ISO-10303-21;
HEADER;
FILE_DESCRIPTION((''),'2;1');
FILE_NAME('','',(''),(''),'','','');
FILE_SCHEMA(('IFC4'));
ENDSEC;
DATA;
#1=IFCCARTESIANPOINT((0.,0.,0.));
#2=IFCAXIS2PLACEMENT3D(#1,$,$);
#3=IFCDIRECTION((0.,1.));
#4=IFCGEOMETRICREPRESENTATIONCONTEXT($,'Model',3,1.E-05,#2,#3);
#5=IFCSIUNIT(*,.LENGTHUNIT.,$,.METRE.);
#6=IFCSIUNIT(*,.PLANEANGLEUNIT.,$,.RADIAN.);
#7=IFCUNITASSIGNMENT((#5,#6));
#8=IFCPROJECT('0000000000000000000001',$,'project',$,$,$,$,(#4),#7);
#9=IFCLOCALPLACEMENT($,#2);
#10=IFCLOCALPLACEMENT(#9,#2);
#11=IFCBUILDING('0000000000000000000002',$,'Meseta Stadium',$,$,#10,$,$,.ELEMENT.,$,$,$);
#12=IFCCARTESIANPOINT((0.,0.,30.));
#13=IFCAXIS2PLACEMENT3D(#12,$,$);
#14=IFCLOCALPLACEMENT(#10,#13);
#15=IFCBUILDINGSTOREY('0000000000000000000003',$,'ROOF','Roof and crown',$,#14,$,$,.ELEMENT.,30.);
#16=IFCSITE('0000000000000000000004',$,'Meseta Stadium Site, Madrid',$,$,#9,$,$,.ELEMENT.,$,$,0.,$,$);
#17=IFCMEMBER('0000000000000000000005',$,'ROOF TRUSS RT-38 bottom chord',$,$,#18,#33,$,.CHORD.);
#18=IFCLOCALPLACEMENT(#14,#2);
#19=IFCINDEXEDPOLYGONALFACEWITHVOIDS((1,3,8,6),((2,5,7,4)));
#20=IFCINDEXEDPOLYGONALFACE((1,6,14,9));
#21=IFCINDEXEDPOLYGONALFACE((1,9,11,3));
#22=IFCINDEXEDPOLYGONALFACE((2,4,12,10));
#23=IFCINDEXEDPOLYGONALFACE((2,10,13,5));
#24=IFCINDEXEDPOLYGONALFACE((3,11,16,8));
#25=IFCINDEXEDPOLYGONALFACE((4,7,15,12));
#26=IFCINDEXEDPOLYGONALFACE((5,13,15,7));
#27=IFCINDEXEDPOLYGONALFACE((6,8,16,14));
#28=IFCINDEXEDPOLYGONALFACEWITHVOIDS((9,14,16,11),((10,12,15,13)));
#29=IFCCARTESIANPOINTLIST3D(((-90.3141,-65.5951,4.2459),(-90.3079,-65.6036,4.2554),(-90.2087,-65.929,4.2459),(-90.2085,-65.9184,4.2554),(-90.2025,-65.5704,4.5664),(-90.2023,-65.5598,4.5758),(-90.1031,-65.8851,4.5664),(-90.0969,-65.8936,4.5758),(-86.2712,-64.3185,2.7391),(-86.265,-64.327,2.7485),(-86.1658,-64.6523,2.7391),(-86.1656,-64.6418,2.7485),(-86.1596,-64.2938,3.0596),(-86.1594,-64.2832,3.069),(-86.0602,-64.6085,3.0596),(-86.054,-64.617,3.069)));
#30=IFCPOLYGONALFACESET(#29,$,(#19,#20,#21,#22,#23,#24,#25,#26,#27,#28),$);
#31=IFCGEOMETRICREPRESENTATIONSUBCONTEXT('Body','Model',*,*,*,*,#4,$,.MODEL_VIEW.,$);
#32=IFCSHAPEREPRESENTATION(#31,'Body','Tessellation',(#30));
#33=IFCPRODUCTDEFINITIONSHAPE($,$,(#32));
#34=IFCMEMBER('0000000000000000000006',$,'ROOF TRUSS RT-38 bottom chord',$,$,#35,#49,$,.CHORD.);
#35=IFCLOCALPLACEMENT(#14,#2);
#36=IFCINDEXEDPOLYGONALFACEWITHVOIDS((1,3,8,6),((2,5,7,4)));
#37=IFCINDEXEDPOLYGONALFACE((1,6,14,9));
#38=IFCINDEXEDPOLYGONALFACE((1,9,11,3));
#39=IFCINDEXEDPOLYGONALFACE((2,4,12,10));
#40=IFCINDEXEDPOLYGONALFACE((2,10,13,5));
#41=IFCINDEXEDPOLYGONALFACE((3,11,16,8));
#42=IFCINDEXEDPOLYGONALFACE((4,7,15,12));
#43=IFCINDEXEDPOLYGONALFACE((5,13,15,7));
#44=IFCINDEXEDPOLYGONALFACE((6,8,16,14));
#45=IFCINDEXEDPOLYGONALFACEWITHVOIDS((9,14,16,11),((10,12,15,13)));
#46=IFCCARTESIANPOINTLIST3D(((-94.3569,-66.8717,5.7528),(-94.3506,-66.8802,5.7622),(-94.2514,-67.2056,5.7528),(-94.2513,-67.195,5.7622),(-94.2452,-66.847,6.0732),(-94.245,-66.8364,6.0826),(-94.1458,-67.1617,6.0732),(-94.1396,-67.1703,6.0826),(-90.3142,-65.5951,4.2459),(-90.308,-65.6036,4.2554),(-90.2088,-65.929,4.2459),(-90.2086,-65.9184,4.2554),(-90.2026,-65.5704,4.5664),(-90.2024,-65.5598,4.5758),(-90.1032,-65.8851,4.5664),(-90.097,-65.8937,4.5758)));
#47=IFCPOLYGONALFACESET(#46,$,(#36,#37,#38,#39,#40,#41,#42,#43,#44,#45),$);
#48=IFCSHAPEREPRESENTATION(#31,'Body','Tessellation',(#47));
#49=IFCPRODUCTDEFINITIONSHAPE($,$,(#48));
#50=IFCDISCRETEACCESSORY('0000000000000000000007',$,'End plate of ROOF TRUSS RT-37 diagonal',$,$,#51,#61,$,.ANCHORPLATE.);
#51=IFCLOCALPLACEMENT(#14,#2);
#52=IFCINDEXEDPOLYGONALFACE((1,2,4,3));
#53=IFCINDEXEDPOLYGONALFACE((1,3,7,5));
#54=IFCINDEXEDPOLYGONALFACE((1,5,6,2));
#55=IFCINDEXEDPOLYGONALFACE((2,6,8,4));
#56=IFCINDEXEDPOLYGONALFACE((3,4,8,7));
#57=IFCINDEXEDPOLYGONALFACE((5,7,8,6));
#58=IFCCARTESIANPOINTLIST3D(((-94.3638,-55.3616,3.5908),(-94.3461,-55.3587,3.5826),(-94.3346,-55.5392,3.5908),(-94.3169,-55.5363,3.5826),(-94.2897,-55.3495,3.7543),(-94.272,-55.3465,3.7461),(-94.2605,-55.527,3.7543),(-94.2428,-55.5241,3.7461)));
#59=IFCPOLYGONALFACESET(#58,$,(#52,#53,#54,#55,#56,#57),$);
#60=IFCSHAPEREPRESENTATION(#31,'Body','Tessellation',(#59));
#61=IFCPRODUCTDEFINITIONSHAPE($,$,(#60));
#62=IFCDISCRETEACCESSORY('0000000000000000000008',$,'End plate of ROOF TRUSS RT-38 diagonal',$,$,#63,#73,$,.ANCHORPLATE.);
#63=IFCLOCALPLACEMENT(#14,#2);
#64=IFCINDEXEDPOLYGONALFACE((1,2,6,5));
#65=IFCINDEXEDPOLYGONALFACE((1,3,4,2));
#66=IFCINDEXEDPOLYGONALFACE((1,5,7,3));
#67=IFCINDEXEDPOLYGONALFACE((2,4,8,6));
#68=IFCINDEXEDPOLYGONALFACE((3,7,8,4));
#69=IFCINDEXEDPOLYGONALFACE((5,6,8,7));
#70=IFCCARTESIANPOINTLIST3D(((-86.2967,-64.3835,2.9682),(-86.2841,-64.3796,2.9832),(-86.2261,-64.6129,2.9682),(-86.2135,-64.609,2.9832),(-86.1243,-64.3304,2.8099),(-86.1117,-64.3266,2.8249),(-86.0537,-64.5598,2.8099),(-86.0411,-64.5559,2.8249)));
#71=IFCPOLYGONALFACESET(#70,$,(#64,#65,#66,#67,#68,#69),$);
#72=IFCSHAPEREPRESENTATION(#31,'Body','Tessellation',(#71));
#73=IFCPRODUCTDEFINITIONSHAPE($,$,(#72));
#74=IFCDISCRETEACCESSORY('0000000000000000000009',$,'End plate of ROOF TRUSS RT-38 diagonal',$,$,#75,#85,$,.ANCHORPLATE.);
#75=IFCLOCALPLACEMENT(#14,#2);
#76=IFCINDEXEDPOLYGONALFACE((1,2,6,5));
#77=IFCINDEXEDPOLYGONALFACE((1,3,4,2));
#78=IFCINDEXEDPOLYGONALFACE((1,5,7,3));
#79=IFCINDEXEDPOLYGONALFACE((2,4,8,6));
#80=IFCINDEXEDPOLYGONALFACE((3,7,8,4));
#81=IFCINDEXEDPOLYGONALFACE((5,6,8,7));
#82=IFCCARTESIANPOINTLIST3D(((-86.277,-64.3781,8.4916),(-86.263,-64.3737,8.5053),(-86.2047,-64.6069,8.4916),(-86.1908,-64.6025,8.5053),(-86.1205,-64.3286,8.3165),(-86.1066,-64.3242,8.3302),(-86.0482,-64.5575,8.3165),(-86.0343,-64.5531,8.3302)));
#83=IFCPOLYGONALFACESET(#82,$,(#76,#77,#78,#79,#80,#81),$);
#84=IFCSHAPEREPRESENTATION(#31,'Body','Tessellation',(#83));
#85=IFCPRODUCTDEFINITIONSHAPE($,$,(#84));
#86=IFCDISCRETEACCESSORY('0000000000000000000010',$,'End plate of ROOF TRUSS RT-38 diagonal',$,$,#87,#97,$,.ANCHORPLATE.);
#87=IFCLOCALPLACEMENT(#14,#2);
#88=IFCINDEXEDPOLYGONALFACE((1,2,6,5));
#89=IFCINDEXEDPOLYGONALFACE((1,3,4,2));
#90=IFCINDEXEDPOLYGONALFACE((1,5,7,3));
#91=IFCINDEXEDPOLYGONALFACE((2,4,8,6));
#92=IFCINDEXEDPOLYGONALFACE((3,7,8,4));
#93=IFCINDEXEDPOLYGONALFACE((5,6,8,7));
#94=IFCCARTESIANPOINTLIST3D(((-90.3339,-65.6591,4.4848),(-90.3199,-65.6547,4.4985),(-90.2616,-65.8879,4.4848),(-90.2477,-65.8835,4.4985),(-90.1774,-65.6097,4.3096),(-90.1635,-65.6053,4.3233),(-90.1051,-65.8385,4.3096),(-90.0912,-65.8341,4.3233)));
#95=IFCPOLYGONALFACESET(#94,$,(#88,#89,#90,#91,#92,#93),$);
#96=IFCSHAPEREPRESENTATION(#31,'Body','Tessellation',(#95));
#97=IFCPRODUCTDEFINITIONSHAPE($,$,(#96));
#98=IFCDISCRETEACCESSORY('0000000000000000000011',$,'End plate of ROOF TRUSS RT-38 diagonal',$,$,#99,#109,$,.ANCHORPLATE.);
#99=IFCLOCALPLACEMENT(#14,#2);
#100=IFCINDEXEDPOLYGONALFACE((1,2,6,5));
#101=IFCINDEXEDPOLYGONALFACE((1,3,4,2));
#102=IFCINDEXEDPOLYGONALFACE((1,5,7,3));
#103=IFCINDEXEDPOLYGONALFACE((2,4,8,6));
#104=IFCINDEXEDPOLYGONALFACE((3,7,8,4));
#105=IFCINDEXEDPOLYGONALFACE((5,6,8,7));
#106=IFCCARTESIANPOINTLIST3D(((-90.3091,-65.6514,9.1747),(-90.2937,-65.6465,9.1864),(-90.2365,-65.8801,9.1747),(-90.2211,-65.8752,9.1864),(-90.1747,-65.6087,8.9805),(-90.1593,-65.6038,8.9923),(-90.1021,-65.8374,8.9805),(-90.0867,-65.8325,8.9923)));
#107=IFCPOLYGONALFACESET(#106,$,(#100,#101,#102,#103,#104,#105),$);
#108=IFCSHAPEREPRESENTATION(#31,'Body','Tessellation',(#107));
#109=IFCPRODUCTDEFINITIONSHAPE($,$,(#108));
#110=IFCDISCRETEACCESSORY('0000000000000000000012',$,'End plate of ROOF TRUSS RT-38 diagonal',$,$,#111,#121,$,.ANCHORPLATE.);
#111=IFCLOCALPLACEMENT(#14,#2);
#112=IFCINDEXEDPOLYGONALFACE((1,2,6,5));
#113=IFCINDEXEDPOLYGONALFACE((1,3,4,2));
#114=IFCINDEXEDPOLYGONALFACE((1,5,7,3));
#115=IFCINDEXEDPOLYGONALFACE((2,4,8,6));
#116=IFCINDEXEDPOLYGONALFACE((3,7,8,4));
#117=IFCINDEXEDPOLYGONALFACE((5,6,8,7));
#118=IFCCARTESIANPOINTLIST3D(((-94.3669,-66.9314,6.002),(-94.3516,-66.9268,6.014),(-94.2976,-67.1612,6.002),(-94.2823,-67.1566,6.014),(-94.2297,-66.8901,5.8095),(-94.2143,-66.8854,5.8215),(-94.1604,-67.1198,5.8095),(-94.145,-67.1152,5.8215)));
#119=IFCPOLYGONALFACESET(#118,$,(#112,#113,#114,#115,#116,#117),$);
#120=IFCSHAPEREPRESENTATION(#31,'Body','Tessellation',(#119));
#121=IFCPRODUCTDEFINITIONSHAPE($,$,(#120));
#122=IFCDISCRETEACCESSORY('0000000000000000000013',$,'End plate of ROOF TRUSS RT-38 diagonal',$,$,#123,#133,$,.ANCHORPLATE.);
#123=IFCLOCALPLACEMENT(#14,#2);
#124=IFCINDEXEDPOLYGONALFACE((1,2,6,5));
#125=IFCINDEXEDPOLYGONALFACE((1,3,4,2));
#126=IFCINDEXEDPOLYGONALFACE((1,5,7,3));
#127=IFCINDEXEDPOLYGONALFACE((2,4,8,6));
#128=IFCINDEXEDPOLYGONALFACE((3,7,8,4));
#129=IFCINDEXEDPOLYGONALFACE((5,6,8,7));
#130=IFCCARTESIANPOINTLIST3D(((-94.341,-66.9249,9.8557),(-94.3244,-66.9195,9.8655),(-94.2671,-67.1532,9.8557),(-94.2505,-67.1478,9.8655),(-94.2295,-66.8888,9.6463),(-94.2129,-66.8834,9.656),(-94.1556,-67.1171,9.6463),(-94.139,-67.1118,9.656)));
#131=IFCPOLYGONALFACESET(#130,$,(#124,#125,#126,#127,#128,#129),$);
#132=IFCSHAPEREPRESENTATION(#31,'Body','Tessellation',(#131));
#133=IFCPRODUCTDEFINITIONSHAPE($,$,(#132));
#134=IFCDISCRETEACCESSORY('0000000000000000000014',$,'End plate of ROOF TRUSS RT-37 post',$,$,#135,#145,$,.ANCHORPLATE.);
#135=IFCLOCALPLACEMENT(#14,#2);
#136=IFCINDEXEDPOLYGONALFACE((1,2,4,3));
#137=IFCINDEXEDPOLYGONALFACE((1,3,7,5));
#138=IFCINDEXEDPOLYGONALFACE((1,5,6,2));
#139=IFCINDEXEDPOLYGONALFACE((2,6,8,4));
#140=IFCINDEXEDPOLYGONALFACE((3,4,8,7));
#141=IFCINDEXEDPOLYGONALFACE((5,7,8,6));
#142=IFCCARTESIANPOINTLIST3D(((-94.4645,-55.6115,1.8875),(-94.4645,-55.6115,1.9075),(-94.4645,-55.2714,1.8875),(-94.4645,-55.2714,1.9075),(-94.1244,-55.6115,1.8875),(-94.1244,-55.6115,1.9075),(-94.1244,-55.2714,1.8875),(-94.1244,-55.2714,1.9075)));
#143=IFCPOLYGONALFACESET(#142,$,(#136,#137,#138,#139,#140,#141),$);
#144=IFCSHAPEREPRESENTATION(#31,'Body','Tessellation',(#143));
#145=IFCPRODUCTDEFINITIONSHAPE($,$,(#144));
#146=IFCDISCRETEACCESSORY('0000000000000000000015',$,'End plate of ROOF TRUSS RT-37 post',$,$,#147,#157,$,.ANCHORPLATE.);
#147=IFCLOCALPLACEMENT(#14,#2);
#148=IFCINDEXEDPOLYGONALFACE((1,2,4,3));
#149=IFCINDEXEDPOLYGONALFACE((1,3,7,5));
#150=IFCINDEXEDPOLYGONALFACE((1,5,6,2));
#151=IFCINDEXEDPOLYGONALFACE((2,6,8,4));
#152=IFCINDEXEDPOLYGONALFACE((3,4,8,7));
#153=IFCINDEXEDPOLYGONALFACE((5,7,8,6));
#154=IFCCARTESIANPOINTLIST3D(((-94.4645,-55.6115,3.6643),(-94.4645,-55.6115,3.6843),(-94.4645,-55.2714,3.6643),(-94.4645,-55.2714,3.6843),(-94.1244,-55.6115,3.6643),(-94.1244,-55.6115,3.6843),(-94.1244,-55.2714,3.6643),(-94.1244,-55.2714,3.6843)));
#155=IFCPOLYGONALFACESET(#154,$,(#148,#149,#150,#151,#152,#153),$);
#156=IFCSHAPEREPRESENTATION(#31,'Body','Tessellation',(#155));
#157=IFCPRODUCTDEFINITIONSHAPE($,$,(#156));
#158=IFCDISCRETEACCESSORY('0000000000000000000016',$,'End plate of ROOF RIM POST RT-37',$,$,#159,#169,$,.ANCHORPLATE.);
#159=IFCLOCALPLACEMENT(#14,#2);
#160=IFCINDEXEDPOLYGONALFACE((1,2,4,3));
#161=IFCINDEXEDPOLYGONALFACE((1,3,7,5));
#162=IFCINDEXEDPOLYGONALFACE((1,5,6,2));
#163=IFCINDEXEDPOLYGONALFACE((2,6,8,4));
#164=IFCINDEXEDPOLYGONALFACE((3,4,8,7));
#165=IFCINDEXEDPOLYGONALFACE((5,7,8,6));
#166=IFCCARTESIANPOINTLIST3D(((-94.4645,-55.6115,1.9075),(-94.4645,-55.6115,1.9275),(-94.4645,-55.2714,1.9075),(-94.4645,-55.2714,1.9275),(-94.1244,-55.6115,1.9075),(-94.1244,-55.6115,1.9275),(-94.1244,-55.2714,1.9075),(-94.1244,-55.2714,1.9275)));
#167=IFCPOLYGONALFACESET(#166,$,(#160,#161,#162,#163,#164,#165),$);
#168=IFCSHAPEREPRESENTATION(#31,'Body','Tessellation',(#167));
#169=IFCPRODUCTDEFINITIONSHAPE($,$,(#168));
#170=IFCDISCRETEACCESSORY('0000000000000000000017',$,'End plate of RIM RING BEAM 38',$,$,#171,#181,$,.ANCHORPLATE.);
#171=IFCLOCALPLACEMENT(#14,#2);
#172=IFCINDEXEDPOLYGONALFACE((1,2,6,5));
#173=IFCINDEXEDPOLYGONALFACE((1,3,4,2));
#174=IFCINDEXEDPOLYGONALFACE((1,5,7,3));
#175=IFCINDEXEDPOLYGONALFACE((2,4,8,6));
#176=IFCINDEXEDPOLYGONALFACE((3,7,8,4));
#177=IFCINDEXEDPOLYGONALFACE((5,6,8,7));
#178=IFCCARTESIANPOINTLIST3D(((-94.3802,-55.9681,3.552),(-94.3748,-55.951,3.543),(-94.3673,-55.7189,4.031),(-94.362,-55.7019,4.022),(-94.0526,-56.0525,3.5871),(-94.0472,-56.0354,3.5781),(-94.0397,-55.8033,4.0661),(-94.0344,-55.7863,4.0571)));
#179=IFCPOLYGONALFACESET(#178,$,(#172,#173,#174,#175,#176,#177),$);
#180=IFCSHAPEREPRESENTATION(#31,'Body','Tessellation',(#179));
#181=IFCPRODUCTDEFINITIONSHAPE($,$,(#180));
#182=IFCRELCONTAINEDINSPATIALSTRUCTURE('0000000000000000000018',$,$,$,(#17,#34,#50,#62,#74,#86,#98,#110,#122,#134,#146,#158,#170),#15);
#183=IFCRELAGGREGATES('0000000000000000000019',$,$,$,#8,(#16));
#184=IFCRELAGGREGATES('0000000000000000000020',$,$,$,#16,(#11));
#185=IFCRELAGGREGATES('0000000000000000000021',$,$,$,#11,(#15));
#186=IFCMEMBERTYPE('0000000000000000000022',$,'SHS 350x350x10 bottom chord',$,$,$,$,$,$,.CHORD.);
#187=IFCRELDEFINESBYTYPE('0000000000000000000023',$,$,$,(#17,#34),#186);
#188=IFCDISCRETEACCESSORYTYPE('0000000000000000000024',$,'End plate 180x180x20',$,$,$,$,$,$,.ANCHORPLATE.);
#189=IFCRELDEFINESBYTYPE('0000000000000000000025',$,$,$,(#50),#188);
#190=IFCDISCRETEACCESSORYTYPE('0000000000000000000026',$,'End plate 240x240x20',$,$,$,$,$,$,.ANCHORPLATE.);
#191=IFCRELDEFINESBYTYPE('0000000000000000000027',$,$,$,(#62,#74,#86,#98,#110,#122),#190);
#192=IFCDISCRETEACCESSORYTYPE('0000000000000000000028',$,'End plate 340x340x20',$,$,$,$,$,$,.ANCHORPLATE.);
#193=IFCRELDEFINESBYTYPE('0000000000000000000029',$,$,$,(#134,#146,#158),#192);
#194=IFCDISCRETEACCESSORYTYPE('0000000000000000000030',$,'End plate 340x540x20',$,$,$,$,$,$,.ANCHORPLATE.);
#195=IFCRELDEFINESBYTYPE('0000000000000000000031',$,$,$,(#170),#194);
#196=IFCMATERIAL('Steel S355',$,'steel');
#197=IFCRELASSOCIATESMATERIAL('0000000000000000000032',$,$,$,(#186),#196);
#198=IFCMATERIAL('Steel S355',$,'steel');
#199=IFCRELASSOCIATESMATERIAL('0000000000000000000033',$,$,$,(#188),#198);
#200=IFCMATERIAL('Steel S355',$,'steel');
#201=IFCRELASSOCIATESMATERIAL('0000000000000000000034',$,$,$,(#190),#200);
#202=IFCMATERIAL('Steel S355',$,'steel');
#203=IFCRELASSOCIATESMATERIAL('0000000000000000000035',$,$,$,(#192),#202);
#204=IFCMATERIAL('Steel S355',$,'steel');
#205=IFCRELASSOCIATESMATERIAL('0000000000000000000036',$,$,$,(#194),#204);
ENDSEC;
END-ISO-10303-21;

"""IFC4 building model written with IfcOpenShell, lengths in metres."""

from ifc_helpers import new_model, si_unit, direction, frame, origin, origin_2d, place, context, subcontext, project, spatial, rectangle, hollow_rectangle, extrude, material, material_profile, profile_set, type_object, element, save


model = new_model("IFC4")

# Units and contexts
model_context = context("Model", 3, precision=1e-05, world=origin(), true_north=direction((0.0, 1.0)))
body_context = subcontext(model_context, "Body", "Model", "MODEL_VIEW")
ifc_project = project(units=[si_unit("LENGTHUNIT", "METRE"), si_unit("PLANEANGLEUNIT", "RADIAN")], contexts=[model_context])

# Site, building, storey
site_placement = place(None, origin())
site = spatial("IfcSite", under=ifc_project, at=site_placement, Name="Meseta Stadium Site, Madrid", CompositionType="ELEMENT", RefElevation=0.0)
building_placement = place(site_placement, origin())
building = spatial("IfcBuilding", under=site, at=building_placement, Name="Meseta Stadium", CompositionType="ELEMENT")
storey_placement = place(building_placement, frame((0.0, 0.0, 30.0)))
storey = spatial("IfcBuildingStorey", under=building, at=storey_placement, Name="ROOF", Description="Roof and crown", CompositionType="ELEMENT", Elevation=30.0)

# Members
ifc_material_1 = material(Name="Steel S355", Category="steel")
ifc_material_profile_1 = material_profile(ifc_material_1, hollow_rectangle(XDim=0.3501, YDim=0.3501, WallThickness=0.01, at=origin_2d()), Name="SHS 350x350x10")
ifc_profile_set_1 = profile_set([ifc_material_profile_1], Name="Steel S355")
member_type_1 = type_object("IfcMemberType", Name="SHS 350x350x10 bottom chord", PredefinedType="CHORD", material=ifc_profile_set_1)
member_1_placement = place(storey_placement, frame((-86.1626, -64.4678, 2.9041), z_axis=(-0.898529, -0.28372, 0.334886), x_axis=(0.301107, -0.95359, 0.0)))
element("IfcMember", 1, at=member_1_placement, inside=storey, type_object=member_type_1, Name="ROOF TRUSS RT-38 bottom chord", PredefinedType="CHORD", context=body_context, shape_type="SweptSolid", body=[
    extrude(hollow_rectangle(XDim=0.3501, YDim=0.3501, WallThickness=0.01, at=origin_2d()), origin(), (0.0, 0.0, 1.0), 4.4995),
])
member_2_placement = place(storey_placement, frame((-90.2056, -65.7444, 4.4109), z_axis=(-0.898518, -0.283734, 0.334903), x_axis=(0.301123, -0.953585, 0.0)))
element("IfcMember", 2, at=member_2_placement, inside=storey, type_object=member_type_1, Name="ROOF TRUSS RT-38 bottom chord", PredefinedType="CHORD", context=body_context, shape_type="SweptSolid", body=[
    extrude(hollow_rectangle(XDim=0.3501, YDim=0.3501, WallThickness=0.01, at=origin_2d()), origin(), (0.0, 0.0, 1.0), 4.4993),
])

# Discrete accessories
ifc_material_2 = material(Name="Steel S355", Category="steel")
ifc_material_profile_2 = material_profile(ifc_material_2, rectangle(XDim=0.1799, YDim=0.1799, at=origin_2d()), Name="PL 180x180")
ifc_profile_set_2 = profile_set([ifc_material_profile_2], Name="Steel S355")
discrete_accessory_type_1 = type_object("IfcDiscreteAccessoryType", Name="End plate 180x180x20", PredefinedType="ANCHORPLATE", material=ifc_profile_set_2)
discrete_accessory_1_placement = place(storey_placement, frame((-94.2944, -55.4414, 3.6643), z_axis=(-0.8966, -0.147386, 0.417595), x_axis=(0.162207, -0.986757, 0.0)))
element("IfcDiscreteAccessory", 3, at=discrete_accessory_1_placement, inside=storey, type_object=discrete_accessory_type_1, Name="End plate of ROOF TRUSS RT-37 diagonal", PredefinedType="ANCHORPLATE", context=body_context, shape_type="SweptSolid", body=[
    extrude(rectangle(XDim=0.1799, YDim=0.1799, at=origin_2d()), origin(), (0.0, 0.0, 1.0), 0.0198),
])
ifc_material_3 = material(Name="Steel S355", Category="steel")
ifc_material_profile_3 = material_profile(ifc_material_3, rectangle(XDim=0.24, YDim=0.24, at=origin_2d()), Name="PL 240x240")
ifc_profile_set_3 = profile_set([ifc_material_profile_3], Name="Steel S355")
discrete_accessory_type_2 = type_object("IfcDiscreteAccessoryType", Name="End plate 240x240x20", PredefinedType="ANCHORPLATE", material=ifc_profile_set_3)
for number, where, z_axis, x_axis, name in (
    (4, (-86.1626, -64.4678, 2.9041), (-0.630407, -0.193971, -0.751639), (0.294086, -0.955779, 0.0), "End plate of ROOF TRUSS RT-38 diagonal"),
    (5, (-86.1487, -64.4634, 8.4177), (-0.695899, -0.219757, -0.68369), (0.301131, -0.953583, 0.0), "End plate of ROOF TRUSS RT-38 diagonal"),
    (6, (-90.2056, -65.7444, 4.4109), (-0.695899, -0.219757, -0.68369), (0.301131, -0.953583, 0.0), "End plate of ROOF TRUSS RT-38 diagonal"),
    (7, (-90.1902, -65.7395, 9.0894), (-0.771223, -0.244833, -0.587598), (0.302579, -0.953124, 0.0), "End plate of ROOF TRUSS RT-38 diagonal"),
    (8, (-94.2483, -67.021, 5.9177), (-0.767893, -0.231587, -0.59725), (0.288742, -0.957407, 0.0), "End plate of ROOF TRUSS RT-38 diagonal"),
    (9, (-94.2317, -67.0156, 9.7607), (-0.830257, -0.268612, -0.488386), (0.30782, -0.951445, 0.0), "End plate of ROOF TRUSS RT-38 diagonal"),
):
    element("IfcDiscreteAccessory", number, at=place(storey_placement, frame(where, z_axis=z_axis, x_axis=x_axis)), inside=storey, type_object=discrete_accessory_type_2, Name=name, PredefinedType="ANCHORPLATE", context=body_context, shape_type="SweptSolid", body=[
        extrude(rectangle(XDim=0.24, YDim=0.24, at=origin_2d()), origin(), (0.0, 0.0, 1.0), 0.02),
    ])
ifc_material_4 = material(Name="Steel S355", Category="steel")
ifc_material_profile_4 = material_profile(ifc_material_4, rectangle(XDim=0.3401, YDim=0.3401, at=origin_2d()), Name="PL 340x340")
ifc_profile_set_4 = profile_set([ifc_material_profile_4], Name="Steel S355")
discrete_accessory_type_3 = type_object("IfcDiscreteAccessoryType", Name="End plate 340x340x20", PredefinedType="ANCHORPLATE", material=ifc_profile_set_4)
for number, where, z_axis, x_axis, name in (
    (10, (-94.2944, -55.4414, 1.8875), (0.0, 0.0, 1.0), (1.0, 0.0, 0.0), "End plate of ROOF TRUSS RT-37 post"),
    (11, (-94.2944, -55.4414, 3.6643), (0.0, 0.0, 1.0), (1.0, 0.0, 0.0), "End plate of ROOF TRUSS RT-37 post"),
    (12, (-94.2944, -55.4414, 1.9075), (0.0, 0.0, 1.0), (1.0, 0.0, 0.0), "End plate of ROOF RIM POST RT-37"),
):
    element("IfcDiscreteAccessory", number, at=place(storey_placement, frame(where, z_axis=z_axis, x_axis=x_axis)), inside=storey, type_object=discrete_accessory_type_3, Name=name, PredefinedType="ANCHORPLATE", context=body_context, shape_type="SweptSolid", body=[
        extrude(rectangle(XDim=0.3401, YDim=0.3401, at=origin_2d()), origin(), (0.0, 0.0, 1.0), 0.02),
    ])
ifc_material_5 = material(Name="Steel S355", Category="steel")
ifc_material_profile_5 = material_profile(ifc_material_5, rectangle(XDim=0.3401, YDim=0.54, at=origin_2d()), Name="PL 340x540")
ifc_profile_set_5 = profile_set([ifc_material_profile_5], Name="Steel S355")
discrete_accessory_type_4 = type_object("IfcDiscreteAccessoryType", Name="End plate 340x540x20", PredefinedType="ANCHORPLATE", material=ifc_profile_set_5)
discrete_accessory_2_placement = place(storey_placement, frame((-94.2046, -55.8687, 3.8), z_axis=(-0.267716, -0.851824, 0.45025), x_axis=(0.963205, -0.248134, 0.103273)))
element("IfcDiscreteAccessory", 13, at=discrete_accessory_2_placement, inside=storey, type_object=discrete_accessory_type_4, Name="End plate of RIM RING BEAM 38", PredefinedType="ANCHORPLATE", context=body_context, shape_type="SweptSolid", body=[
    extrude(rectangle(XDim=0.3401, YDim=0.54, at=origin_2d()), origin(), (0.0, 0.0, 1.0), 0.02),
])

save(model, "model.ifc")
